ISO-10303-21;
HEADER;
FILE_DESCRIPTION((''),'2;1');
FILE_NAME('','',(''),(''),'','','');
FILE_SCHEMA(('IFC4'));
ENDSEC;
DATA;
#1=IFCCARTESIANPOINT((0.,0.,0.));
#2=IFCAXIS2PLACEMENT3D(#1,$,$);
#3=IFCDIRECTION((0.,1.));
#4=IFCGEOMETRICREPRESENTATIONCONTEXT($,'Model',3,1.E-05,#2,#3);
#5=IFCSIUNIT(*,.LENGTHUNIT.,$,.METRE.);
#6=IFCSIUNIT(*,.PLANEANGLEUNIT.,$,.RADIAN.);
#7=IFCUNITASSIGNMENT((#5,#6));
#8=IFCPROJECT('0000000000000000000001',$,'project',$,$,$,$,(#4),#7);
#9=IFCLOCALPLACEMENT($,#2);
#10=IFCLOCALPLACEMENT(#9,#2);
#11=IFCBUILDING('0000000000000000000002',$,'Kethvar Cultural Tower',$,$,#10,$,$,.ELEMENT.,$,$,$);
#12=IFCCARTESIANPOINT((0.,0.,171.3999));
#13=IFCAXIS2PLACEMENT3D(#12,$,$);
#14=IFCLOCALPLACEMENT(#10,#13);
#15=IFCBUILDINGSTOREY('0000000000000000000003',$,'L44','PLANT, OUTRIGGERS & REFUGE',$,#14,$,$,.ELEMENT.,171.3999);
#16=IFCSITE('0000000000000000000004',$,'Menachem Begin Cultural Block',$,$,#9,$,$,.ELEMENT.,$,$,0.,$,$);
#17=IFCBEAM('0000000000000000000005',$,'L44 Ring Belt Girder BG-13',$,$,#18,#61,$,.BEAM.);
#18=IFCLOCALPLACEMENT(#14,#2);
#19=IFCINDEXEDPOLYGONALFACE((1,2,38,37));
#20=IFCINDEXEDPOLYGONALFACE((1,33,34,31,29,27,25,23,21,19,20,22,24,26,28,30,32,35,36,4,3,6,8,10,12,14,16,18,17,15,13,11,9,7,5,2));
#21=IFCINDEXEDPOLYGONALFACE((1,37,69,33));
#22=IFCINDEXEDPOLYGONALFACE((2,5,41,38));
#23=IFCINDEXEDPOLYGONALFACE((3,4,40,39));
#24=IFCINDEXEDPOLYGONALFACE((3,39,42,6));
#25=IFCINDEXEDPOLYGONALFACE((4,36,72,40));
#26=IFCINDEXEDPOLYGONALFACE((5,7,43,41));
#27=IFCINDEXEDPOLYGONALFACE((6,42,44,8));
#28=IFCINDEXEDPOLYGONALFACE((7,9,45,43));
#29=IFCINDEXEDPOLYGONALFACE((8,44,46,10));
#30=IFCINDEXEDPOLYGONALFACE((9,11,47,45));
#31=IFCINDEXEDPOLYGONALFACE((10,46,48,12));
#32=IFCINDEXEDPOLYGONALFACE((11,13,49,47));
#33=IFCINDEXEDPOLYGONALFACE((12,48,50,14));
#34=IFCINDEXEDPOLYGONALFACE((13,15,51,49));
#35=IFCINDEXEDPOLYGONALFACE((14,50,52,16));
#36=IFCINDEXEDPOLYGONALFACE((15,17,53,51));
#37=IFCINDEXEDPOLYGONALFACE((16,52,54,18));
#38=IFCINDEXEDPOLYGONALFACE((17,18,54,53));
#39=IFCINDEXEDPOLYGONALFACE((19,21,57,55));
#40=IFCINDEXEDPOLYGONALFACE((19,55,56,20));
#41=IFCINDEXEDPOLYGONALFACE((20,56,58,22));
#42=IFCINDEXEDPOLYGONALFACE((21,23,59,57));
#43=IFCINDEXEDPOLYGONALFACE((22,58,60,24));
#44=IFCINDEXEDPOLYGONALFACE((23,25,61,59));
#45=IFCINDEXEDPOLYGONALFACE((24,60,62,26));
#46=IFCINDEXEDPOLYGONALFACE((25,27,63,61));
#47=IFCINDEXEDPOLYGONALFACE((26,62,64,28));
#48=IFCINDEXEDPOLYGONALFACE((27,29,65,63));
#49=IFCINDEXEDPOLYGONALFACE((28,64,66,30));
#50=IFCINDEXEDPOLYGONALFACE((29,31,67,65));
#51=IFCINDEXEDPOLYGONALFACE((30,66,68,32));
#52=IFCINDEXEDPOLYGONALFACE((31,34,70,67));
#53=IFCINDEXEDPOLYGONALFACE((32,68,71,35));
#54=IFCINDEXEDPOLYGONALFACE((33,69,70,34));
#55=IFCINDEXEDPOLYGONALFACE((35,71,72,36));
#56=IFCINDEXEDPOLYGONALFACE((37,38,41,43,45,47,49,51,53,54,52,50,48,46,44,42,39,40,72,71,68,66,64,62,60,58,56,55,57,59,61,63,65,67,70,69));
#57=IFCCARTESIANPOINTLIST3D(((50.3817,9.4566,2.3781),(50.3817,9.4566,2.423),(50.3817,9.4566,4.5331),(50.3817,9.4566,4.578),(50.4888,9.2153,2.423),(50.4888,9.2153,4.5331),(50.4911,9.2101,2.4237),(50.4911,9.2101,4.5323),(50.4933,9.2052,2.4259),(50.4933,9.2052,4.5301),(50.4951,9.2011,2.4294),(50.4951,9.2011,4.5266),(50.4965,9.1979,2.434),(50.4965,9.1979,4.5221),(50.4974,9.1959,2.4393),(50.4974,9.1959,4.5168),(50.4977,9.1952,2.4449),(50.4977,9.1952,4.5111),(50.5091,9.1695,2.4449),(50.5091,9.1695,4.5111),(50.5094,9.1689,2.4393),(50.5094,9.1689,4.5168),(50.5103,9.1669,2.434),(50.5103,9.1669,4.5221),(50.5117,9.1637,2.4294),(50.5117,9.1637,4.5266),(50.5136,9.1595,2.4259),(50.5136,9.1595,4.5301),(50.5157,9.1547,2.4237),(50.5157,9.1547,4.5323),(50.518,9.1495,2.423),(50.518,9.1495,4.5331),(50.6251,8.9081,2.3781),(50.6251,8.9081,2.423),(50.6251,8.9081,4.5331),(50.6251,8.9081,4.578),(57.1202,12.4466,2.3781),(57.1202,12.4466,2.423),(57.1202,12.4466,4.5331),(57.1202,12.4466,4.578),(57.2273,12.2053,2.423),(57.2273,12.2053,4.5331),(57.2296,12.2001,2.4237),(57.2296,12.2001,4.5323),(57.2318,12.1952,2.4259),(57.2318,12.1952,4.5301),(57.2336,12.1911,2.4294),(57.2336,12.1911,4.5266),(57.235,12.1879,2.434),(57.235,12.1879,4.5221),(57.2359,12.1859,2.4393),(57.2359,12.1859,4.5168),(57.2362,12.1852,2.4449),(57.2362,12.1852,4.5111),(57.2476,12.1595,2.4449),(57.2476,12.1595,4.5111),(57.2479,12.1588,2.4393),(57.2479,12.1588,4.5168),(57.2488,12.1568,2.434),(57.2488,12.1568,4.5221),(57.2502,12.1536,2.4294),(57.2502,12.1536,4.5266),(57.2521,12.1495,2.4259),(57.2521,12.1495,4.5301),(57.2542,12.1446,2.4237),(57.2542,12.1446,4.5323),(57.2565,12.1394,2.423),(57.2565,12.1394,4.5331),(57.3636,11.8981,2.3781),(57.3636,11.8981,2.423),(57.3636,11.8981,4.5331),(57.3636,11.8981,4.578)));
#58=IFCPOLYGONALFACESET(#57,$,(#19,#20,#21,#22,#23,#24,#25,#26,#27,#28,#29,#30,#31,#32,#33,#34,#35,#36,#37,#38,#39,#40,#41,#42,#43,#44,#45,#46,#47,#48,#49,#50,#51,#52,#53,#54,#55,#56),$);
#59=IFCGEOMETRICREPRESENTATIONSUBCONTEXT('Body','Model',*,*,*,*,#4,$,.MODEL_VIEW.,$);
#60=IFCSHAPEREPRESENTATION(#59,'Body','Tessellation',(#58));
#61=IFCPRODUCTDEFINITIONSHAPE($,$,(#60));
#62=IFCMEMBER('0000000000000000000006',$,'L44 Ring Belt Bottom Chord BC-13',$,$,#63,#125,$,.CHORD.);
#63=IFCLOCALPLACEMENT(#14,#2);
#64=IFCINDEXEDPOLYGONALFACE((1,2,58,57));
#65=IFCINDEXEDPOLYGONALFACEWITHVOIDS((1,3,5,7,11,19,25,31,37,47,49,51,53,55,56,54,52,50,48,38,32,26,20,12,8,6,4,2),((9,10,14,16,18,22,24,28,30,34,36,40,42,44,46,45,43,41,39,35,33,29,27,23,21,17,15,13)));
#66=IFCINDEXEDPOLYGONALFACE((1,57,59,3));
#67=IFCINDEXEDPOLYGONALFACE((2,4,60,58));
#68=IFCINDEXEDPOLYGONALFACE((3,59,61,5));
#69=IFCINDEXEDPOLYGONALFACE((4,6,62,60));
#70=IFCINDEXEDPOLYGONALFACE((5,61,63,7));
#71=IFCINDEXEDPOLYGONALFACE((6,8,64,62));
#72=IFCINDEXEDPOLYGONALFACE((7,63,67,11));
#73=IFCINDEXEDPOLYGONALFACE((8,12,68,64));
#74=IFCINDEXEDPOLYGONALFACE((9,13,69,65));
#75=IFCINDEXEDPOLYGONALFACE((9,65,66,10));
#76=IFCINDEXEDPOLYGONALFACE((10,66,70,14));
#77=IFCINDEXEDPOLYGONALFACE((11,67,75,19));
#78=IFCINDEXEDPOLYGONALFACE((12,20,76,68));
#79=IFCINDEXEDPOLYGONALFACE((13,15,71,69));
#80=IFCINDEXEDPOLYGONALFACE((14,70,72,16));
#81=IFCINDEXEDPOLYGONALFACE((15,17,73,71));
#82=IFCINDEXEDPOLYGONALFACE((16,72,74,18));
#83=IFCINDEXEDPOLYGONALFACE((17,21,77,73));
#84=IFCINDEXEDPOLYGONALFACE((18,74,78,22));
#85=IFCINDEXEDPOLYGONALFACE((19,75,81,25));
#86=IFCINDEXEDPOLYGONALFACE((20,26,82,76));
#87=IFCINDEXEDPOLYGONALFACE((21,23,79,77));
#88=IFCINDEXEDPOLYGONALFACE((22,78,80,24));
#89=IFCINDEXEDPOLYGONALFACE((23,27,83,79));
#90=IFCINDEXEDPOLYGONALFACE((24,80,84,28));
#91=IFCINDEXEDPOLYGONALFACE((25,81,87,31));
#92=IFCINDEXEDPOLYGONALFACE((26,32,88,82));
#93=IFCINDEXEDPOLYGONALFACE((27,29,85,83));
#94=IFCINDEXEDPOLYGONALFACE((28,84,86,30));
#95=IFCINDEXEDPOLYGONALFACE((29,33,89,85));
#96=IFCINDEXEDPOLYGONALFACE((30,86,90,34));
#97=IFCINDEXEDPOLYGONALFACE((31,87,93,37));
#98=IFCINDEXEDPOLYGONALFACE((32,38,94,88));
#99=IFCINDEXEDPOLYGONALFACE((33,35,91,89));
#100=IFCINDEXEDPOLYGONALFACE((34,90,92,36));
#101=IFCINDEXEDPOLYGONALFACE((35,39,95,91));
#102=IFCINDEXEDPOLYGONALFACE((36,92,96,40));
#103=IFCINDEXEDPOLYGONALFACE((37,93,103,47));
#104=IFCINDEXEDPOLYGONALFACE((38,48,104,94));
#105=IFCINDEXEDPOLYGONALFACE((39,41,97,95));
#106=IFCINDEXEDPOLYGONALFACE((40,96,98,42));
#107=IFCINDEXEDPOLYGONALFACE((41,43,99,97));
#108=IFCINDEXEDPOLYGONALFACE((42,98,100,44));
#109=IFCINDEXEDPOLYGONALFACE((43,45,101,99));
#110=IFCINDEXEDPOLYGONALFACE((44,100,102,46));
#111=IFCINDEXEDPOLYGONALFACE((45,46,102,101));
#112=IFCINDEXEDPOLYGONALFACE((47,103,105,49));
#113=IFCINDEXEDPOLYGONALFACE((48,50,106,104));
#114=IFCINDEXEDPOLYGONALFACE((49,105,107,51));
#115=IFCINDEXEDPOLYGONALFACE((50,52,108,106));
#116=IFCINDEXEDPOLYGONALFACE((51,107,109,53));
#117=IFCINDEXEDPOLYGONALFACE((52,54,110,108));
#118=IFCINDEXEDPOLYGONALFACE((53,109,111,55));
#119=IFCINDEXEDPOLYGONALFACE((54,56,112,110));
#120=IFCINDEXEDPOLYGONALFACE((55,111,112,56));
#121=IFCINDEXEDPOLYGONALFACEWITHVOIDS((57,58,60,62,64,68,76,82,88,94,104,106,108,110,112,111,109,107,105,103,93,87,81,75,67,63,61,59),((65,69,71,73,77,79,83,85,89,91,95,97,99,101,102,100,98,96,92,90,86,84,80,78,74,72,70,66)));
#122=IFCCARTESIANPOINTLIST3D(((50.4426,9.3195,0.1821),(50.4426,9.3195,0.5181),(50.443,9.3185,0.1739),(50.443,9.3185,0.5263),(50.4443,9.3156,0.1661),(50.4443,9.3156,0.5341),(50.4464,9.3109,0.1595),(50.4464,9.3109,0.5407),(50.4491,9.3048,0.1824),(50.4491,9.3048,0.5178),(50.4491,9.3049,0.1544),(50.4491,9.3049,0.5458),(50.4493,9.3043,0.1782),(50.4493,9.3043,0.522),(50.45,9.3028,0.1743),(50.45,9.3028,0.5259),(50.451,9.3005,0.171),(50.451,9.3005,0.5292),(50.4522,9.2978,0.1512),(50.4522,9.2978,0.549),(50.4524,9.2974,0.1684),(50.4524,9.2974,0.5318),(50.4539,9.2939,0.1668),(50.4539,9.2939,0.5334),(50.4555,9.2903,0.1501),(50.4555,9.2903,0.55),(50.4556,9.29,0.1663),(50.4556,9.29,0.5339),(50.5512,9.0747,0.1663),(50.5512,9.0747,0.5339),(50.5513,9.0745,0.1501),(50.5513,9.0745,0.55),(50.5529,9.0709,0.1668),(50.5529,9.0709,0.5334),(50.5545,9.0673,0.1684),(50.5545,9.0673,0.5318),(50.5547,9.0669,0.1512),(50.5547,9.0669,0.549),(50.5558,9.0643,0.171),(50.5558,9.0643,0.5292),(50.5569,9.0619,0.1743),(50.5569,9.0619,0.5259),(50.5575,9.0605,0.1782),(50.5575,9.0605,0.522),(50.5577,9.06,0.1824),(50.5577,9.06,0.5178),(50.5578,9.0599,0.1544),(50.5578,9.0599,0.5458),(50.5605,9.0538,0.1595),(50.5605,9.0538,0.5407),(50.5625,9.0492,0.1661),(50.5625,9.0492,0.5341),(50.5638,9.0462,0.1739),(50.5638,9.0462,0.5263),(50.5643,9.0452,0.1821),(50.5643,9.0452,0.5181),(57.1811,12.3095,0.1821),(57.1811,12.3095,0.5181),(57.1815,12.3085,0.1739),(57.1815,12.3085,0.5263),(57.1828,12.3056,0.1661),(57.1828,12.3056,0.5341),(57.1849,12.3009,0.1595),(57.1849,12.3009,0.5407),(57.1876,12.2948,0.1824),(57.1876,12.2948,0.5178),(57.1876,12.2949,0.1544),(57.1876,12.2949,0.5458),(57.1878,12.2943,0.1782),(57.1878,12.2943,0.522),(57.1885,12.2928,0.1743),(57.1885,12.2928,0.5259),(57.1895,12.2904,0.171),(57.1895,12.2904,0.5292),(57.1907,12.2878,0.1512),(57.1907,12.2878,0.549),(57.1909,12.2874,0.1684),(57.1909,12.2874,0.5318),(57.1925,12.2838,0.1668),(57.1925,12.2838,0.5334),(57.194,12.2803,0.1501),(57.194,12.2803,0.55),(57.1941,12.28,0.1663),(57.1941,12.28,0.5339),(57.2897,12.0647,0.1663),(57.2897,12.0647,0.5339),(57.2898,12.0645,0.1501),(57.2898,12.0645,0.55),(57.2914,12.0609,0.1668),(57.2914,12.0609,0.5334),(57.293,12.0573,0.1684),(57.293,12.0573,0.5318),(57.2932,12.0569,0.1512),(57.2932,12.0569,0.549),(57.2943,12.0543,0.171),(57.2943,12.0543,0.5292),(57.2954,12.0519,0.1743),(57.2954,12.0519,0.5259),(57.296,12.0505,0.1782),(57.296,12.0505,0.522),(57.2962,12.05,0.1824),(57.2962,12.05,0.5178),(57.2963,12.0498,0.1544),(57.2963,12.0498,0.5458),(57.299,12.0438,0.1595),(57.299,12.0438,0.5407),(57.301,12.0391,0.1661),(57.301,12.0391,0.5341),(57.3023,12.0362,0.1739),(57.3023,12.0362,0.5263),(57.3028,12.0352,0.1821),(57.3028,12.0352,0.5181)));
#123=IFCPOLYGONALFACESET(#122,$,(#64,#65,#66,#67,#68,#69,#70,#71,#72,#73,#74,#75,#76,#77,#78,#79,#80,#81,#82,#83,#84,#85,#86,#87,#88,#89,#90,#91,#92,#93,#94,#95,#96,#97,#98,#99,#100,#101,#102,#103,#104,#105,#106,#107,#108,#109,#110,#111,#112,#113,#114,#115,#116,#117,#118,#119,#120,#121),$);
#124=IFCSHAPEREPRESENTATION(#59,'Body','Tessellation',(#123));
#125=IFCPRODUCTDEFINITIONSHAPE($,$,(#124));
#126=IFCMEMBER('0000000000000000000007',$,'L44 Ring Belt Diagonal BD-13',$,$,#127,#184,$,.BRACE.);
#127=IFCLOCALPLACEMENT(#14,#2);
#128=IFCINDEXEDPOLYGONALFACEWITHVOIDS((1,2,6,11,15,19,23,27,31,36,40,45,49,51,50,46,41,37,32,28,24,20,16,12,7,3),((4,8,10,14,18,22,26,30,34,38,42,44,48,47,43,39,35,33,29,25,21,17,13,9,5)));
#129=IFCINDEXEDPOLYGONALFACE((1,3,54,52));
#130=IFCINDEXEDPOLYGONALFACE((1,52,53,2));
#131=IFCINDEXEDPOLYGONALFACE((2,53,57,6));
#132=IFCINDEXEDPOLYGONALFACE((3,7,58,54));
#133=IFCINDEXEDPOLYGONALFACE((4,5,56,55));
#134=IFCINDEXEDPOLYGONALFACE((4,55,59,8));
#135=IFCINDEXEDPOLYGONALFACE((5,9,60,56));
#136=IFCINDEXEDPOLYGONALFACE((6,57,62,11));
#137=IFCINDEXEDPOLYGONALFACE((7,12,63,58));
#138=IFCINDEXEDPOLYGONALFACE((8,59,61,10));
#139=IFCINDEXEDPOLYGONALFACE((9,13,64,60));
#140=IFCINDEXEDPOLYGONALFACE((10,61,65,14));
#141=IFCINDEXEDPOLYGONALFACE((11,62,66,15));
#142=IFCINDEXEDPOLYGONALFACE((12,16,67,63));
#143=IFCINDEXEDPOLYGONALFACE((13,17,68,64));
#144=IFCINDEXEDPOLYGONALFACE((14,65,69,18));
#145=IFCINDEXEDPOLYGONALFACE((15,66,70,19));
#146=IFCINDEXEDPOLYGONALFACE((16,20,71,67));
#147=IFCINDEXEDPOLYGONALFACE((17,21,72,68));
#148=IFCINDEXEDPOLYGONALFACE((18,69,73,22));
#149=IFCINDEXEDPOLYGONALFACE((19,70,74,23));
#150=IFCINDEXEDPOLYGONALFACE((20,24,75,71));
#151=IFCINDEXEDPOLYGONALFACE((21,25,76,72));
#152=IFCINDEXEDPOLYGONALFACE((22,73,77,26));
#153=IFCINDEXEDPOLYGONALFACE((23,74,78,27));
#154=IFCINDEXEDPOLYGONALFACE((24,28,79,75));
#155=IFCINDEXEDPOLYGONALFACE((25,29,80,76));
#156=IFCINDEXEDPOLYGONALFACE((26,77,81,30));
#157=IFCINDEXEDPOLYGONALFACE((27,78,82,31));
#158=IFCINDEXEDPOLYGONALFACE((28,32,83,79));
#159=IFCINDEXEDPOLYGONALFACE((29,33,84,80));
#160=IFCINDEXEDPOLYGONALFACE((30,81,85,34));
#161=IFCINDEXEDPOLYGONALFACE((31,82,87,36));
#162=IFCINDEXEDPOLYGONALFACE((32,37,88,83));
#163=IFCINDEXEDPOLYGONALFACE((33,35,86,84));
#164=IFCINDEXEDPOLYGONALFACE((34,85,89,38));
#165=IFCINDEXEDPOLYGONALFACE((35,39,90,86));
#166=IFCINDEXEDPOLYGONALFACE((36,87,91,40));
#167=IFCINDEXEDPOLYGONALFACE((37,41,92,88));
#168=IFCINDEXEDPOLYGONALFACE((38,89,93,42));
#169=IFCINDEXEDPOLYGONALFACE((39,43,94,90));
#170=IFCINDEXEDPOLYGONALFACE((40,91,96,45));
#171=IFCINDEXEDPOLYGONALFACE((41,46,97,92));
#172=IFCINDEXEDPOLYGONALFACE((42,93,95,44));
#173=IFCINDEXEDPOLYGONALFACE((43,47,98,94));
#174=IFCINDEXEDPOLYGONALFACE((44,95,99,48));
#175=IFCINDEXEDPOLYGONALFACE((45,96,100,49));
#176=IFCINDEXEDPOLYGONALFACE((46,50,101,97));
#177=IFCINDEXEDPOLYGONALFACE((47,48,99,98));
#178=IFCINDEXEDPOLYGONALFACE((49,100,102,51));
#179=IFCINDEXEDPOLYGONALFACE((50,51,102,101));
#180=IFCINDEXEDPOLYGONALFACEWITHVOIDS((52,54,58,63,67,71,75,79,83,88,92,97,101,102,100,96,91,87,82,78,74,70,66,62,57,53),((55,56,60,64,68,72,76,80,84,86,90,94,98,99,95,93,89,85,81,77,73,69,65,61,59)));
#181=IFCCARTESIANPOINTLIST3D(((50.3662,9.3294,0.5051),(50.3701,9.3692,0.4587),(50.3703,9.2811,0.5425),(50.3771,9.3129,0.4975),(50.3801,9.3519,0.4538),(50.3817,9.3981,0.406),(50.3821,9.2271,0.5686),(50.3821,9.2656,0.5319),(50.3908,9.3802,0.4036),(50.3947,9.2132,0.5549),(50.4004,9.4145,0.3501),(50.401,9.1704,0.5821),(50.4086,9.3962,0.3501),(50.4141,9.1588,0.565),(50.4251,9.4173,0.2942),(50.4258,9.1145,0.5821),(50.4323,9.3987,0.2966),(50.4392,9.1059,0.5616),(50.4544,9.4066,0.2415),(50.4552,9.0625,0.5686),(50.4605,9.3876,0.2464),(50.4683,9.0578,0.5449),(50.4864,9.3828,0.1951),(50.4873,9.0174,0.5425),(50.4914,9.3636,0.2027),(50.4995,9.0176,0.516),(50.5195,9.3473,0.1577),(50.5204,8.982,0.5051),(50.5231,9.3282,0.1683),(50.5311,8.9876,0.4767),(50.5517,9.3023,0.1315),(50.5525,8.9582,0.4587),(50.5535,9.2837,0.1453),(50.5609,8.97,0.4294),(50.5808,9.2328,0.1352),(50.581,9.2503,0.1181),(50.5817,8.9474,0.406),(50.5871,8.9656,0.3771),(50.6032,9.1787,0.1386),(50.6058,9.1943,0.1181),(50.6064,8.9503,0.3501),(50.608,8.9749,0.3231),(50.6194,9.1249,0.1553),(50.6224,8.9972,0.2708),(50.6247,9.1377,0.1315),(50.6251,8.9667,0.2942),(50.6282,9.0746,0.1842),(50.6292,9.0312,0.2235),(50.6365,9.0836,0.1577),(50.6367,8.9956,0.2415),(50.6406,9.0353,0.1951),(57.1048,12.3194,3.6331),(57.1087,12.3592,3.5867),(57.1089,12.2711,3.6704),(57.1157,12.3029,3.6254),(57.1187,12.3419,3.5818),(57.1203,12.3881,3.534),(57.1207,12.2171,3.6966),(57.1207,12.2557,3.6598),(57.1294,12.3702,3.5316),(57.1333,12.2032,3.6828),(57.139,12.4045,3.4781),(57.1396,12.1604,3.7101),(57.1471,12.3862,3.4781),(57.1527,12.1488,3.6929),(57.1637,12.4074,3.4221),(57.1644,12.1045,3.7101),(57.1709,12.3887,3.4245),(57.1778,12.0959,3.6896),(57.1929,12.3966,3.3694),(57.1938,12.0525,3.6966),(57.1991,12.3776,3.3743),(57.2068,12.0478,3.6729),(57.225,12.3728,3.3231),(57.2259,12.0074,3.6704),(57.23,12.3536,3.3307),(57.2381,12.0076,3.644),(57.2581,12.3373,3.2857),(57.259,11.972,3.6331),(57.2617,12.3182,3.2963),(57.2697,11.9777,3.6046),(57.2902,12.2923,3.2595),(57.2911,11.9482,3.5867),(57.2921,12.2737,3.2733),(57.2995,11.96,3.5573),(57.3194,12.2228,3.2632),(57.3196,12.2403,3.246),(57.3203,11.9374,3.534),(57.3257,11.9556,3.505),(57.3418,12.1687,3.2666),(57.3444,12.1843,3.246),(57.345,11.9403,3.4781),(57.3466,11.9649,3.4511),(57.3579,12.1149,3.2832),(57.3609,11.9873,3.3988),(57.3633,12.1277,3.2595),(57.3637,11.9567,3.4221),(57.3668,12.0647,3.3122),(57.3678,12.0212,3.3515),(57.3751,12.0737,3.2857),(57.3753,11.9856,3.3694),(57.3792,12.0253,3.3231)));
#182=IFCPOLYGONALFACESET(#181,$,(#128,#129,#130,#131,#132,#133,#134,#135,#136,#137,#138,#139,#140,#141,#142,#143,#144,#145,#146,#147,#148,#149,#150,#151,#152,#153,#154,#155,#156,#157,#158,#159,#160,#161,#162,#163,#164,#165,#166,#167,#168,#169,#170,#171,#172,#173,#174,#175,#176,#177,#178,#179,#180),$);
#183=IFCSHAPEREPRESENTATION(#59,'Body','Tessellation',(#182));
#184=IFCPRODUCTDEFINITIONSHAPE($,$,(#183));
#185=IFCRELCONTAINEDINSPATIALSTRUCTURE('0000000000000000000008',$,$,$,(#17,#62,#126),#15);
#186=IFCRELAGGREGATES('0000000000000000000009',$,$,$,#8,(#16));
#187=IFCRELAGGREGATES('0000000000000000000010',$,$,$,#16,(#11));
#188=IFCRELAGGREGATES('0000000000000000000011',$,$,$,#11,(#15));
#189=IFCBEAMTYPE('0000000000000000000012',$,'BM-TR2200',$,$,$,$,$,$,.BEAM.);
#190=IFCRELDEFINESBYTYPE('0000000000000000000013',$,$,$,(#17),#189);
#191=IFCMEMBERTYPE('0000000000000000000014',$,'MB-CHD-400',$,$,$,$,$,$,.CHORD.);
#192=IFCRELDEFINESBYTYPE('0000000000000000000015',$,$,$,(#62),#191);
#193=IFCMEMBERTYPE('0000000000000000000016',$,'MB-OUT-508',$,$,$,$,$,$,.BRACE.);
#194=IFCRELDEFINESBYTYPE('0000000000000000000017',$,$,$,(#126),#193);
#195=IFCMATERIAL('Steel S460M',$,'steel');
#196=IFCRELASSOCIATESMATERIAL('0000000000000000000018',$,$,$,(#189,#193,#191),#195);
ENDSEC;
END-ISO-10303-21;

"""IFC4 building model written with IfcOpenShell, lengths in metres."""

from ifc_helpers import new_model, si_unit, direction, frame, origin, origin_2d, place, context, subcontext, project, spatial, hollow_rectangle, hollow_circle, i_section, extrude, source, transform, mapped, material, material_profile, profile_set, type_object, element, save


model = new_model("IFC4")

# Units and contexts
model_context = context("Model", 3, precision=1e-05, world=origin(), true_north=direction((0.0, 1.0)))
body_context = subcontext(model_context, "Body", "Model", "MODEL_VIEW")
ifc_project = project(units=[si_unit("LENGTHUNIT", "METRE"), si_unit("PLANEANGLEUNIT", "RADIAN")], contexts=[model_context])

# Site, building, storey
site_placement = place(None, origin())
site = spatial("IfcSite", under=ifc_project, at=site_placement, Name="Menachem Begin Cultural Block", CompositionType="ELEMENT", RefElevation=0.0)
building_placement = place(site_placement, origin())
building = spatial("IfcBuilding", under=site, at=building_placement, Name="Kethvar Cultural Tower", CompositionType="ELEMENT")
storey_placement = place(building_placement, frame((0.0, 0.0, 171.3999)))
storey = spatial("IfcBuildingStorey", under=building, at=storey_placement, Name="L44", Description="PLANT, OUTRIGGERS & REFUGE", CompositionType="ELEMENT", Elevation=171.3999)

# Shared definitions
ifc_material_1 = material(Name="Steel S460M", Category="steel")

# Shared definitions
ifc_material_profile_1 = material_profile(ifc_material_1, i_section(OverallWidth=0.6001, OverallDepth=2.2, WebThickness=0.0281, FlangeThickness=0.0449, FilletRadius=0.022, at=origin_2d()), Name="Steel S460M — PG2200x600x45x28")
ifc_profile_set_1 = profile_set([ifc_material_profile_1], Name="Steel S460M — PG2200x600x45x28")
beam_type = type_object("IfcBeamType", Name="BM-TR2200", PredefinedType="BEAM", material=ifc_profile_set_1)

# Shared definitions
ifc_material_profile_2 = material_profile(ifc_material_1, hollow_circle(Radius=0.2539, WallThickness=0.02, at=origin_2d()), Name="Steel S460M — CHS508x20")
ifc_profile_set_2 = profile_set([ifc_material_profile_2], Name="Steel S460M — CHS508x20")
member_type_1 = type_object("IfcMemberType", Name="MB-OUT-508", PredefinedType="BRACE", material=ifc_profile_set_2)

# Beam
shared_shape_1 = source(origin(), body_context, "Body", "SweptSolid", [
    extrude(i_section(OverallWidth=0.6001, OverallDepth=2.2, WebThickness=0.0281, FlangeThickness=0.0449, FilletRadius=0.022, at=origin_2d()), origin(), (0.0, 0.0, 1.0), 7.3721),
])
beam_1_placement = place(storey_placement, frame((50.5034, 9.1824, 3.478), z_axis=(0.914059, 0.405582, 0.0), x_axis=(-0.405582, 0.914059, 0.0)))
element("IfcBeam", 1, at=beam_1_placement, inside=storey, type_object=beam_type, Name="L44 Ring Belt Girder BG-13", PredefinedType="BEAM", context=body_context, shape_type="MappedRepresentation", body=[
    mapped(shared_shape_1, transform((0.0, 0.0, 0.0), scale=1.0)),
])

# Members
ifc_material_profile_3 = material_profile(ifc_material_1, hollow_rectangle(XDim=0.3, YDim=0.3999, WallThickness=0.0161, InnerFilletRadius=0.0161, OuterFilletRadius=0.032, at=origin_2d()), Name="Steel S460M — RHS400x300x16")
ifc_profile_set_3 = profile_set([ifc_material_profile_3], Name="Steel S460M — RHS400x300x16")
member_type_2 = type_object("IfcMemberType", Name="MB-CHD-400", PredefinedType="CHORD", material=ifc_profile_set_3)
shared_shape_2 = source(origin(), body_context, "Body", "SweptSolid", [
    extrude(hollow_rectangle(XDim=0.3, YDim=0.3999, WallThickness=0.0161, InnerFilletRadius=0.0161, OuterFilletRadius=0.032, at=origin_2d()), origin(), (0.0, 0.0, 1.0), 7.3721),
])
member_1_placement = place(storey_placement, frame((50.5034, 9.1824, 0.3501), z_axis=(0.914059, 0.405582, 0.0), x_axis=(-0.405582, 0.914059, 0.0)))
element("IfcMember", 2, at=member_1_placement, inside=storey, type_object=member_type_2, Name="L44 Ring Belt Bottom Chord BC-13", PredefinedType="CHORD", context=body_context, shape_type="MappedRepresentation", body=[
    mapped(shared_shape_2, transform((0.0, 0.0, 0.0), scale=1.0)),
])
shared_shape_3 = source(origin(), body_context, "Body", "SweptSolid", [
    extrude(hollow_circle(Radius=0.2539, WallThickness=0.02, at=origin_2d()), origin(), (0.0, 0.0, 1.0), 8.0083),
])
member_2_placement = place(storey_placement, frame((50.5034, 9.1824, 0.3501), z_axis=(0.84145, 0.373365, 0.39059), x_axis=(-0.405582, 0.914059, 0.0)))
element("IfcMember", 3, at=member_2_placement, inside=storey, type_object=member_type_1, Name="L44 Ring Belt Diagonal BD-13", PredefinedType="BRACE", context=body_context, shape_type="MappedRepresentation", body=[
    mapped(shared_shape_3, transform((0.0, 0.0, 0.0), scale=1.0)),
])

save(model, "model.ifc")
